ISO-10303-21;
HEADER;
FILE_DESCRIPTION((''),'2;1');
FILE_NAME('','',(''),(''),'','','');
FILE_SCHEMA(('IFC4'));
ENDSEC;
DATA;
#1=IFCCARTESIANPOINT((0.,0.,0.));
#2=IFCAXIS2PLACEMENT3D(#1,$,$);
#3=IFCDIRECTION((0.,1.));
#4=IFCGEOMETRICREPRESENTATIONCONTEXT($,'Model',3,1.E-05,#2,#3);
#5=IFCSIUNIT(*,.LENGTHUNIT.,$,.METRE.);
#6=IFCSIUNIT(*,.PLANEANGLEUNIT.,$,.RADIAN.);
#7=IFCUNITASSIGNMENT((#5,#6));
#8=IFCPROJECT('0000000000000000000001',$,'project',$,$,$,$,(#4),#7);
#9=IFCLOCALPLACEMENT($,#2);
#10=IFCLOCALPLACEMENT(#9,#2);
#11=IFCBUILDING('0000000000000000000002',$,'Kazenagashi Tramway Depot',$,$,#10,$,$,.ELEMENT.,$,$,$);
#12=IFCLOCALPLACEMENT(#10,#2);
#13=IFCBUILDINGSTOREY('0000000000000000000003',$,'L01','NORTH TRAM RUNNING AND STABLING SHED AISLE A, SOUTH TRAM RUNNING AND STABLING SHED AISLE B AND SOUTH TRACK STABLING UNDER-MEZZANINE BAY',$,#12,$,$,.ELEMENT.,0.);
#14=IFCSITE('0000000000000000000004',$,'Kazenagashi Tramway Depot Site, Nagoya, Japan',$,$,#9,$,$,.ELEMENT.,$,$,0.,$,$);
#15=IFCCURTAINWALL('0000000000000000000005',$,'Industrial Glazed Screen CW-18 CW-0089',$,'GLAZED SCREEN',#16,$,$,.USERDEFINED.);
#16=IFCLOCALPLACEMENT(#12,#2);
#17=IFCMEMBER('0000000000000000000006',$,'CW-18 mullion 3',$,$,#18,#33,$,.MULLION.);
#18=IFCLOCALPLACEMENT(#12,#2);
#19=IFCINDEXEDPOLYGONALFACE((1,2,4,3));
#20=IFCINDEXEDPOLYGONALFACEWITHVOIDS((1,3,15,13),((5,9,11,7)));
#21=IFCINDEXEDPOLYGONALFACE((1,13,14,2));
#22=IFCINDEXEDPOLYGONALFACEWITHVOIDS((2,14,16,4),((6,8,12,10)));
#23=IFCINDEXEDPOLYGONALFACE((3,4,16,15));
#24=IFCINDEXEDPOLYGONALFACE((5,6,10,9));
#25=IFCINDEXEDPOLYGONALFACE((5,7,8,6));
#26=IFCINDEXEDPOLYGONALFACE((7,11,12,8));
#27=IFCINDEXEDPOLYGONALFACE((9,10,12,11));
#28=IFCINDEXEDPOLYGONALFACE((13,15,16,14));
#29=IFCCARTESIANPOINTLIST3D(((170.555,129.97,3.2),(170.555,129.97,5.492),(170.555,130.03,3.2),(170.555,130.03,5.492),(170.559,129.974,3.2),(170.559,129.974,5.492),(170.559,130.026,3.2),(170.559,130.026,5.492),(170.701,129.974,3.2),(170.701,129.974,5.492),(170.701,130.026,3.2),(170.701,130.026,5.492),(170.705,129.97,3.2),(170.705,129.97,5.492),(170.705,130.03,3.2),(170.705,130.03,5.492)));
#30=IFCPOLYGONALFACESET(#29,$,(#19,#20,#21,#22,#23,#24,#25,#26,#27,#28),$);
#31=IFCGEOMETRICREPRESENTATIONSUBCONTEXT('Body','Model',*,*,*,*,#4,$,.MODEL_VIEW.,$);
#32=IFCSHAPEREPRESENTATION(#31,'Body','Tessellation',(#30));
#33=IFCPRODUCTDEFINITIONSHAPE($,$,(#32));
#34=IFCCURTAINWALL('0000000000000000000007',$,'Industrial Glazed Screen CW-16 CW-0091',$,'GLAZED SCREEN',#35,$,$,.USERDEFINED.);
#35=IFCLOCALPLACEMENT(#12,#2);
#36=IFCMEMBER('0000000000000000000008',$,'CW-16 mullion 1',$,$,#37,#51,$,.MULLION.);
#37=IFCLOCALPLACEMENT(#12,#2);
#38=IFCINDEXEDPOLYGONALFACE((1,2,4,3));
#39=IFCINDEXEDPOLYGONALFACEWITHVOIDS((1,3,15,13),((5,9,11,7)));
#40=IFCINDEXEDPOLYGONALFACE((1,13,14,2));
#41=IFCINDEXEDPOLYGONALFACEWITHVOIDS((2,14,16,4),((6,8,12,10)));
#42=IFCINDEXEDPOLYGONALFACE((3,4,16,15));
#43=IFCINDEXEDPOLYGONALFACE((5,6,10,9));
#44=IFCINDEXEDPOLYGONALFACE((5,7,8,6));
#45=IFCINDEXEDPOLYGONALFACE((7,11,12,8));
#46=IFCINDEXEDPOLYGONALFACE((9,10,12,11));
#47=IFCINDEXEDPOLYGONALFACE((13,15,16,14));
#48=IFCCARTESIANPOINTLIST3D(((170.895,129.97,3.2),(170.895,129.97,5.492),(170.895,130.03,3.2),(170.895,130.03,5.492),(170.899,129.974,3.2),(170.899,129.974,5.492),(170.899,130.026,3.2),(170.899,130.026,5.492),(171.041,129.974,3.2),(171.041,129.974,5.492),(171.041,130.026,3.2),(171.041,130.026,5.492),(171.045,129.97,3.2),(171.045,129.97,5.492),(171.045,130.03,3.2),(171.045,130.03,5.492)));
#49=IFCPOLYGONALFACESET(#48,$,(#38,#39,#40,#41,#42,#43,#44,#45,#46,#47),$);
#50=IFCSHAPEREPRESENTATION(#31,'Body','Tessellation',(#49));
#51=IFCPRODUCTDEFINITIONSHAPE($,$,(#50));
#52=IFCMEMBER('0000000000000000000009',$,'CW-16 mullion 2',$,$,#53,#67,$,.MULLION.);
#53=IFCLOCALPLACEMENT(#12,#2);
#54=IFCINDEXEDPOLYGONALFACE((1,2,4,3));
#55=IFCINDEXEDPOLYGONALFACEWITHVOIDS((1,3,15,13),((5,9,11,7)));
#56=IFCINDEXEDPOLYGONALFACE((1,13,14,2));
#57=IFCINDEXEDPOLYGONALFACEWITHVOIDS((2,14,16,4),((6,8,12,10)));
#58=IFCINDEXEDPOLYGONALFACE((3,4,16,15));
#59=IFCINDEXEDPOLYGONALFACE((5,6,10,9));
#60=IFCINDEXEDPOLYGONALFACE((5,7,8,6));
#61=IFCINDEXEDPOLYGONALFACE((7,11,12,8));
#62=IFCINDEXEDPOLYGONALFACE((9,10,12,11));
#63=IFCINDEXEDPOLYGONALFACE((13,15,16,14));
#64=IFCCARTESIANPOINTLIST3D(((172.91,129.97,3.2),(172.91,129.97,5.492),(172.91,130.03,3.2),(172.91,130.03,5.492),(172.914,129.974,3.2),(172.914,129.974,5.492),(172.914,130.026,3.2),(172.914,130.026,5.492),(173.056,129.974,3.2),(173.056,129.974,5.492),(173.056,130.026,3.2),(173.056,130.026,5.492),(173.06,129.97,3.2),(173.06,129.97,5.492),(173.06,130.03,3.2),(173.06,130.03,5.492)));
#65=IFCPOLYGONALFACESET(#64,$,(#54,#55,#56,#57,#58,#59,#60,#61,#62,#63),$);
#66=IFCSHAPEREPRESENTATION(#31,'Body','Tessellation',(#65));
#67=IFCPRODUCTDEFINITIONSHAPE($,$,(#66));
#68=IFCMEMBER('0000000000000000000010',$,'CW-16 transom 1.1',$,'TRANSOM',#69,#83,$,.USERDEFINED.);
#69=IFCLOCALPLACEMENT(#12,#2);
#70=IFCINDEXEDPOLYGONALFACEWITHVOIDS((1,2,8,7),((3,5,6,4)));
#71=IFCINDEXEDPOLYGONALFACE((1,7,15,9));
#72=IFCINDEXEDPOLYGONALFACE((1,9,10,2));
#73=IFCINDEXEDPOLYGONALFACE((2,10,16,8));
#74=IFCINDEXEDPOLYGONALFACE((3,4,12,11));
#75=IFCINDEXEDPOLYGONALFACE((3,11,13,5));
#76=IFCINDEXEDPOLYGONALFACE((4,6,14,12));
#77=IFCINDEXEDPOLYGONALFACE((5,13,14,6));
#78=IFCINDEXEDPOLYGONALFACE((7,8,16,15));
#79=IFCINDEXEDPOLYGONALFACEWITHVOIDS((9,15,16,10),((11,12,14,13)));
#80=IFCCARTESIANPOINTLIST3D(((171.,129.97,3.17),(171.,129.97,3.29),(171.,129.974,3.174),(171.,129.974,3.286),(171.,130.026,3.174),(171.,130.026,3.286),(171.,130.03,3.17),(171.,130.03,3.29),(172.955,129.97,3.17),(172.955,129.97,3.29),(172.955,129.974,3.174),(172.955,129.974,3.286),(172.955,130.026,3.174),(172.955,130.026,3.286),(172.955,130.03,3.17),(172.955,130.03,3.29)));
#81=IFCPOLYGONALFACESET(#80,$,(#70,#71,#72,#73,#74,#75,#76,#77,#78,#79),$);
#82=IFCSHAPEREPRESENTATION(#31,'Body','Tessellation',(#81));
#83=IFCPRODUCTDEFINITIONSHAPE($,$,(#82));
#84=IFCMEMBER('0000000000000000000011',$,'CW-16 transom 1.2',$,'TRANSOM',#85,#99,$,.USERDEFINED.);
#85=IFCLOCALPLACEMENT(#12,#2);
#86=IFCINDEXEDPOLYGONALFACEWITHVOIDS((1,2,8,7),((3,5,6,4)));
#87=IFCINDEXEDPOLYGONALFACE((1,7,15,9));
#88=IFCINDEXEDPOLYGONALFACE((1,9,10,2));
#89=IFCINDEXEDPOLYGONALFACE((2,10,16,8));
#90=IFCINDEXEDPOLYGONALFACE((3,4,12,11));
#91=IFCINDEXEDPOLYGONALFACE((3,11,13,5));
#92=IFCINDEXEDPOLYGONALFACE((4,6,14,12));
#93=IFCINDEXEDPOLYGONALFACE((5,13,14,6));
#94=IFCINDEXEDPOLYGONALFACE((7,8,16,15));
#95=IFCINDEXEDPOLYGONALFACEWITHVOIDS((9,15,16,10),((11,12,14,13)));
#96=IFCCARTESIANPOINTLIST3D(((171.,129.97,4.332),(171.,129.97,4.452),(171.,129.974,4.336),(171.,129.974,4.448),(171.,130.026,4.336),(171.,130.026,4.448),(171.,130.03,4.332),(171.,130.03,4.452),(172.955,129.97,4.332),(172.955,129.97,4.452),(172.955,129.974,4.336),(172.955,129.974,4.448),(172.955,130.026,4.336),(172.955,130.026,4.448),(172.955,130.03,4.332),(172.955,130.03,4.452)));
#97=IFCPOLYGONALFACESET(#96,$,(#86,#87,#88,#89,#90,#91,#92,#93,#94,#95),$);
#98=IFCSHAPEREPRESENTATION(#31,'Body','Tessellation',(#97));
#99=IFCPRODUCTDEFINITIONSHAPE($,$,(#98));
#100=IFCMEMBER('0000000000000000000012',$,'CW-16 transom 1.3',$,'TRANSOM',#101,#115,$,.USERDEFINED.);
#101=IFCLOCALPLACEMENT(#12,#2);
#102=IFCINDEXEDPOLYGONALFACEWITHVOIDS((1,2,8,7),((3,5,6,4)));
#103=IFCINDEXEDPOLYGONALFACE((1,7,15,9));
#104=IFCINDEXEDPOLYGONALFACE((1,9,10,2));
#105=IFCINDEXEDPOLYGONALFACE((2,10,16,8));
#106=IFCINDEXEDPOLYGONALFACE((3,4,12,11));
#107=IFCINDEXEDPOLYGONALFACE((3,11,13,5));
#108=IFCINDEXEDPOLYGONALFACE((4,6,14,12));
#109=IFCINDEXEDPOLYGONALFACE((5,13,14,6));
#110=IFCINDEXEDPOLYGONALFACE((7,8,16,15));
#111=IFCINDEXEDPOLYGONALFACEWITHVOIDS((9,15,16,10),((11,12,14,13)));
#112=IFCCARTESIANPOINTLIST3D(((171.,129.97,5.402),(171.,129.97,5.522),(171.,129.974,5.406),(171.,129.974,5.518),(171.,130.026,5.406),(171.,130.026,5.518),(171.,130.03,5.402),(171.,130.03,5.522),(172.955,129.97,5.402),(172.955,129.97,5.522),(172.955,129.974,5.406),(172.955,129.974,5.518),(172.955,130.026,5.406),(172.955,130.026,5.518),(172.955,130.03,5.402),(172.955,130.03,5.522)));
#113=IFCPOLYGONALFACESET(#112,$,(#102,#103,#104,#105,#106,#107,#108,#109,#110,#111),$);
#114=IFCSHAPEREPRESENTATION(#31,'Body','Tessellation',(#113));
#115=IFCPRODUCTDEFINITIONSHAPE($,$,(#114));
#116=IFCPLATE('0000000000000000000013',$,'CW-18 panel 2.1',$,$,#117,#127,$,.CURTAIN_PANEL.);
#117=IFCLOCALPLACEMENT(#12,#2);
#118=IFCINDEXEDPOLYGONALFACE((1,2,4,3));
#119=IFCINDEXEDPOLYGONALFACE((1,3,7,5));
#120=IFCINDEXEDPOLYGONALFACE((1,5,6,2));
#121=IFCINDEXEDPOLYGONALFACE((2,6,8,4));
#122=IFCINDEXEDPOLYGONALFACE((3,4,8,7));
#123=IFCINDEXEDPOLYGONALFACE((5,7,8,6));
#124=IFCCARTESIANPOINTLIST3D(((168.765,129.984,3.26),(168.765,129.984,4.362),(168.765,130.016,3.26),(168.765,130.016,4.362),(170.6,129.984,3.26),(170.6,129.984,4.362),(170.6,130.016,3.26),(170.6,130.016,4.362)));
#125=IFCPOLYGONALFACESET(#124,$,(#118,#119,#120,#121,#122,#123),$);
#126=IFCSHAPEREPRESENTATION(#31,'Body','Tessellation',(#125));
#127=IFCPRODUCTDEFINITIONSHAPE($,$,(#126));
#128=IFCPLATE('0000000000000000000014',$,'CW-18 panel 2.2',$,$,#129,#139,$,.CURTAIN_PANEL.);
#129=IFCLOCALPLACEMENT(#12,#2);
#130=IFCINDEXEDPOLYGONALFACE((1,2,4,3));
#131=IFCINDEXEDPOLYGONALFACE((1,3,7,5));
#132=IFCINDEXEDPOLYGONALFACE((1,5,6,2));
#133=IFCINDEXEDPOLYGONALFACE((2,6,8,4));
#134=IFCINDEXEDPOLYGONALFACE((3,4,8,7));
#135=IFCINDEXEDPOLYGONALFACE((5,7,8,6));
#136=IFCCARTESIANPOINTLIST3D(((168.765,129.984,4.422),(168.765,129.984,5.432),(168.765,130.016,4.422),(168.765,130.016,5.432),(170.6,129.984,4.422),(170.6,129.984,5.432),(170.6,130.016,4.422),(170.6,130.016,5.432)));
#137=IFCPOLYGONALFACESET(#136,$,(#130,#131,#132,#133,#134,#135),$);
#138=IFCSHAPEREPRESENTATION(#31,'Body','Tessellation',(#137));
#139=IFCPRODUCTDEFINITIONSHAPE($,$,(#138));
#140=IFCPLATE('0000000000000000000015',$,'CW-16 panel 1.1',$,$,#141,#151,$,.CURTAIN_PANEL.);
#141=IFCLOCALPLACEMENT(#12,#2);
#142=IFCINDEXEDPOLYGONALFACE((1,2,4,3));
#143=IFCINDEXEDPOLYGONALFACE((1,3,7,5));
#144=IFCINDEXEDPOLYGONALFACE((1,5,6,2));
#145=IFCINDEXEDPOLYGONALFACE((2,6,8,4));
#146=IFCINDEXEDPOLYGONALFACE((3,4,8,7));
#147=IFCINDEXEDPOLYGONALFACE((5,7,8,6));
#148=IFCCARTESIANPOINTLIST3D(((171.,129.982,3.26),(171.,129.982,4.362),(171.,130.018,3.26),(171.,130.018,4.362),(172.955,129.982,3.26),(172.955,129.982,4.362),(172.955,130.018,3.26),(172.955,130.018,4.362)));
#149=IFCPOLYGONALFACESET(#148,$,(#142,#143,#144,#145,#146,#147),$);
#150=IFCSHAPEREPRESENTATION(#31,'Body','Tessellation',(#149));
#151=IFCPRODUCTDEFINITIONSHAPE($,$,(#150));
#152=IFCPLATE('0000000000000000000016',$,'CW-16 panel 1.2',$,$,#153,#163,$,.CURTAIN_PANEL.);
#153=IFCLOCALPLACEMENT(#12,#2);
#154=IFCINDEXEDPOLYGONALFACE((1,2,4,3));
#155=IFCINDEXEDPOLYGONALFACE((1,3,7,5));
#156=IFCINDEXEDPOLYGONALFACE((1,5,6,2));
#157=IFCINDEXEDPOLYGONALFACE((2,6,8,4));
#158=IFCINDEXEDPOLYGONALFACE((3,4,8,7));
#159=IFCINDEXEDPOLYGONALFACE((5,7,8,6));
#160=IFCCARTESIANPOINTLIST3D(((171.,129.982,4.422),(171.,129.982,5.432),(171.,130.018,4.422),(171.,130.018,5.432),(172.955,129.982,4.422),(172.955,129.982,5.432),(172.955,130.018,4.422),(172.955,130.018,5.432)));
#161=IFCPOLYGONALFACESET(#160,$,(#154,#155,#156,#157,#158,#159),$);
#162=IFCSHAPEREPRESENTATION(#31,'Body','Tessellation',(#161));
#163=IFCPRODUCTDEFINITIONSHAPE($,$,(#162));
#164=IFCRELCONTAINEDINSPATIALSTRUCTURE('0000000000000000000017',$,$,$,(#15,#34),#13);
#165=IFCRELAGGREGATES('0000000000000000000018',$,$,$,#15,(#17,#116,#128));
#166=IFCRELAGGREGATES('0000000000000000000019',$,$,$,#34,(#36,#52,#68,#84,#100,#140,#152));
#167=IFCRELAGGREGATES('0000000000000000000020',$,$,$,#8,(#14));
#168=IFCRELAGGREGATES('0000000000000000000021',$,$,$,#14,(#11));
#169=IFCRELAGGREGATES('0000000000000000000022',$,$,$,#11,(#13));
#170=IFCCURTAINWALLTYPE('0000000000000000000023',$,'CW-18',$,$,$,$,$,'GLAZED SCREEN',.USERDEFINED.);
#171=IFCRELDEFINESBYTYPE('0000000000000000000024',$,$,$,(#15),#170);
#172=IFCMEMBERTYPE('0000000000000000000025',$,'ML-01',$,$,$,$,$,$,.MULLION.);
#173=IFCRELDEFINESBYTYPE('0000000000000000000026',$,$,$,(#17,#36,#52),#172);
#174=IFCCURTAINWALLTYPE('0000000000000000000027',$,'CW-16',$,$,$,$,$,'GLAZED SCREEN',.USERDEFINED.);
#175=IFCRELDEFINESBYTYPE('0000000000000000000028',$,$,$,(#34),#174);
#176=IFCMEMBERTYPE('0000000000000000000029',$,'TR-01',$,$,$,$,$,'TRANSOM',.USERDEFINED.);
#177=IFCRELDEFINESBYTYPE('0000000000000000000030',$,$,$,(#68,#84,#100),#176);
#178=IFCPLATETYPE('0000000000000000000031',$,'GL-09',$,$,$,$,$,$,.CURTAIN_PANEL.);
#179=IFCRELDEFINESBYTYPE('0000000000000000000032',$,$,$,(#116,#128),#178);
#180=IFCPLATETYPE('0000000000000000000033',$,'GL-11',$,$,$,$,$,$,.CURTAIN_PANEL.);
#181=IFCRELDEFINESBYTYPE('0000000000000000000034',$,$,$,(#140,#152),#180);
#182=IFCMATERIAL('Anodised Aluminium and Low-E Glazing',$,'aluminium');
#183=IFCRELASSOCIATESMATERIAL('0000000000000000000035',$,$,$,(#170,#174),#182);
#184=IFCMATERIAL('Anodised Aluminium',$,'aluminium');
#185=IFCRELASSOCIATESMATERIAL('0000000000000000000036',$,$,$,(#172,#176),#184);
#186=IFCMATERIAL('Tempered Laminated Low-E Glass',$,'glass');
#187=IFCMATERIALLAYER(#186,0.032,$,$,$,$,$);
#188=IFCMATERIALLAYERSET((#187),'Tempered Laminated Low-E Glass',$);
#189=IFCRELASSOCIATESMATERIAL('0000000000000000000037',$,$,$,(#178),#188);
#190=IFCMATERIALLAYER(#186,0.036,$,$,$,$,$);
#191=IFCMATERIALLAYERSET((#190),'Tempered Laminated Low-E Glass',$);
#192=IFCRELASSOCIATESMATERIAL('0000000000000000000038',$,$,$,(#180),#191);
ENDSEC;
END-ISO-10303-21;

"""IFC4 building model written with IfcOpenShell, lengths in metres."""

from ifc_helpers import new_model, si_unit, direction, frame, origin, origin_2d, place, context, subcontext, project, spatial, rectangle, hollow_rectangle, extrude, material, layer, layer_set, material_profile, profile_set, type_object, element, aggregate, save


model = new_model("IFC4")

# Units and contexts
model_context = context("Model", 3, precision=1e-05, world=origin(), true_north=direction((0.0, 1.0)))
body_context = subcontext(model_context, "Body", "Model", "MODEL_VIEW")
ifc_project = project(units=[si_unit("LENGTHUNIT", "METRE"), si_unit("PLANEANGLEUNIT", "RADIAN")], contexts=[model_context])

# Site, building, storey
site_placement = place(None, origin())
site = spatial("IfcSite", under=ifc_project, at=site_placement, Name="Kazenagashi Tramway Depot Site, Nagoya, Japan", CompositionType="ELEMENT", RefElevation=0.0)
building_placement = place(site_placement, origin())
building = spatial("IfcBuilding", under=site, at=building_placement, Name="Kazenagashi Tramway Depot", CompositionType="ELEMENT")
storey_placement = place(building_placement, origin())
storey = spatial("IfcBuildingStorey", under=building, at=storey_placement, Name="L01", Description="NORTH TRAM RUNNING AND STABLING SHED AISLE A, SOUTH TRAM RUNNING AND STABLING SHED AISLE B AND SOUTH TRACK STABLING UNDER-MEZZANINE BAY", CompositionType="ELEMENT", Elevation=0.0)

# Curtain wall, member
ifc_material_1 = material(Name="Anodised Aluminium and Low-E Glazing", Category="aluminium")
curtain_wall_type_1 = type_object("IfcCurtainWallType", Name="CW-18", ElementType="GLAZED SCREEN", PredefinedType="USERDEFINED", material=ifc_material_1)
curtain_wall_1_placement = place(storey_placement, origin())
curtain_wall_1 = element("IfcCurtainWall", 1, at=curtain_wall_1_placement, inside=storey, type_object=curtain_wall_type_1, Name="Industrial Glazed Screen CW-18 CW-0089", ObjectType="GLAZED SCREEN", PredefinedType="USERDEFINED")
ifc_material_2 = material(Name="Anodised Aluminium", Category="aluminium")
ifc_material_profile_1 = material_profile(ifc_material_2, hollow_rectangle(XDim=0.06, YDim=0.15, WallThickness=0.004, at=origin_2d()), Name="RHS-150x60x4")
ifc_profile_set_1 = profile_set([ifc_material_profile_1], Name="Anodised Aluminium")
member_type_1 = type_object("IfcMemberType", Name="ML-01", PredefinedType="MULLION", material=ifc_profile_set_1)
member_1_placement = place(storey_placement, frame((170.63, 130.0, 3.2), z_axis=(0.0, 0.0, 1.0), x_axis=(0.0, 1.0, 0.0)))
member_1 = element("IfcMember", 2, at=member_1_placement, type_object=member_type_1, Name="CW-18 mullion 3", PredefinedType="MULLION", context=body_context, shape_type="SweptSolid", body=[
    extrude(hollow_rectangle(XDim=0.06, YDim=0.15, WallThickness=0.004, at=origin_2d()), origin(), (0.0, 0.0, 1.0), 2.292),
])

# Curtain wall, members
curtain_wall_type_2 = type_object("IfcCurtainWallType", Name="CW-16", ElementType="GLAZED SCREEN", PredefinedType="USERDEFINED", material=ifc_material_1)
curtain_wall_2_placement = place(storey_placement, origin())
curtain_wall_2 = element("IfcCurtainWall", 3, at=curtain_wall_2_placement, inside=storey, type_object=curtain_wall_type_2, Name="Industrial Glazed Screen CW-16 CW-0091", ObjectType="GLAZED SCREEN", PredefinedType="USERDEFINED")
member_2_placement = place(storey_placement, frame((170.97, 130.0, 3.2), z_axis=(0.0, 0.0, 1.0), x_axis=(0.0, 1.0, 0.0)))
member_2 = element("IfcMember", 4, at=member_2_placement, type_object=member_type_1, Name="CW-16 mullion 1", PredefinedType="MULLION", context=body_context, shape_type="SweptSolid", body=[
    extrude(hollow_rectangle(XDim=0.06, YDim=0.15, WallThickness=0.004, at=origin_2d()), origin(), (0.0, 0.0, 1.0), 2.292),
])
member_3_placement = place(storey_placement, frame((172.985, 130.0, 3.2), z_axis=(0.0, 0.0, 1.0), x_axis=(0.0, 1.0, 0.0)))
member_3 = element("IfcMember", 5, at=member_3_placement, type_object=member_type_1, Name="CW-16 mullion 2", PredefinedType="MULLION", context=body_context, shape_type="SweptSolid", body=[
    extrude(hollow_rectangle(XDim=0.06, YDim=0.15, WallThickness=0.004, at=origin_2d()), origin(), (0.0, 0.0, 1.0), 2.292),
])
ifc_material_profile_2 = material_profile(ifc_material_2, hollow_rectangle(XDim=0.06, YDim=0.12, WallThickness=0.004, at=origin_2d()), Name="RHS-120x60x4")
ifc_profile_set_2 = profile_set([ifc_material_profile_2], Name="Anodised Aluminium")
member_type_2 = type_object("IfcMemberType", Name="TR-01", ElementType="TRANSOM", PredefinedType="USERDEFINED", material=ifc_profile_set_2)
member_4_placement = place(storey_placement, frame((171.0, 130.0, 3.23), z_axis=(1.0, 0.0, 0.0), x_axis=(0.0, 1.0, 0.0)))
member_4 = element("IfcMember", 6, at=member_4_placement, type_object=member_type_2, Name="CW-16 transom 1.1", ObjectType="TRANSOM", PredefinedType="USERDEFINED", context=body_context, shape_type="SweptSolid", body=[
    extrude(hollow_rectangle(XDim=0.06, YDim=0.12, WallThickness=0.004, at=origin_2d()), origin(), (0.0, 0.0, 1.0), 1.955),
])
member_5_placement = place(storey_placement, frame((171.0, 130.0, 4.392), z_axis=(1.0, 0.0, 0.0), x_axis=(0.0, 1.0, 0.0)))
member_5 = element("IfcMember", 7, at=member_5_placement, type_object=member_type_2, Name="CW-16 transom 1.2", ObjectType="TRANSOM", PredefinedType="USERDEFINED", context=body_context, shape_type="SweptSolid", body=[
    extrude(hollow_rectangle(XDim=0.06, YDim=0.12, WallThickness=0.004, at=origin_2d()), origin(), (0.0, 0.0, 1.0), 1.955),
])
member_6_placement = place(storey_placement, frame((171.0, 130.0, 5.462), z_axis=(1.0, 0.0, 0.0), x_axis=(0.0, 1.0, 0.0)))
member_6 = element("IfcMember", 8, at=member_6_placement, type_object=member_type_2, Name="CW-16 transom 1.3", ObjectType="TRANSOM", PredefinedType="USERDEFINED", context=body_context, shape_type="SweptSolid", body=[
    extrude(hollow_rectangle(XDim=0.06, YDim=0.12, WallThickness=0.004, at=origin_2d()), origin(), (0.0, 0.0, 1.0), 1.955),
])

# Plates
ifc_material_3 = material(Name="Tempered Laminated Low-E Glass", Category="glass")
ifc_layer_1 = layer(ifc_material_3, 0.032)
ifc_layer_set_1 = layer_set([ifc_layer_1], Name="Tempered Laminated Low-E Glass")
plate_type_1 = type_object("IfcPlateType", Name="GL-09", PredefinedType="CURTAIN_PANEL", material=ifc_layer_set_1)
plate_1_placement = place(storey_placement, frame((169.6825, 130.0, 3.26), z_axis=(0.0, 0.0, 1.0), x_axis=(1.0, 0.0, 0.0)))
plate_1 = element("IfcPlate", 9, at=plate_1_placement, type_object=plate_type_1, Name="CW-18 panel 2.1", PredefinedType="CURTAIN_PANEL", context=body_context, shape_type="SweptSolid", body=[
    extrude(rectangle(XDim=1.835, YDim=0.032, at=origin_2d()), origin(), (0.0, 0.0, 1.0), 1.102),
])
plate_2_placement = place(storey_placement, frame((169.6825, 130.0, 4.422), z_axis=(0.0, 0.0, 1.0), x_axis=(1.0, 0.0, 0.0)))
plate_2 = element("IfcPlate", 10, at=plate_2_placement, type_object=plate_type_1, Name="CW-18 panel 2.2", PredefinedType="CURTAIN_PANEL", context=body_context, shape_type="SweptSolid", body=[
    extrude(rectangle(XDim=1.835, YDim=0.032, at=origin_2d()), origin(), (0.0, 0.0, 1.0), 1.01),
])
aggregate(curtain_wall_1, [member_1, plate_1, plate_2])
ifc_layer_2 = layer(ifc_material_3, 0.036)
ifc_layer_set_2 = layer_set([ifc_layer_2], Name="Tempered Laminated Low-E Glass")
plate_type_2 = type_object("IfcPlateType", Name="GL-11", PredefinedType="CURTAIN_PANEL", material=ifc_layer_set_2)
plate_3_placement = place(storey_placement, frame((171.9775, 130.0, 3.26), z_axis=(0.0, 0.0, 1.0), x_axis=(1.0, 0.0, 0.0)))
plate_3 = element("IfcPlate", 11, at=plate_3_placement, type_object=plate_type_2, Name="CW-16 panel 1.1", PredefinedType="CURTAIN_PANEL", context=body_context, shape_type="SweptSolid", body=[
    extrude(rectangle(XDim=1.955, YDim=0.036, at=origin_2d()), origin(), (0.0, 0.0, 1.0), 1.102),
])
plate_4_placement = place(storey_placement, frame((171.9775, 130.0, 4.422), z_axis=(0.0, 0.0, 1.0), x_axis=(1.0, 0.0, 0.0)))
plate_4 = element("IfcPlate", 12, at=plate_4_placement, type_object=plate_type_2, Name="CW-16 panel 1.2", PredefinedType="CURTAIN_PANEL", context=body_context, shape_type="SweptSolid", body=[
    extrude(rectangle(XDim=1.955, YDim=0.036, at=origin_2d()), origin(), (0.0, 0.0, 1.0), 1.01),
])
aggregate(curtain_wall_2, [member_2, member_3, member_4, member_5, member_6, plate_3, plate_4])

save(model, "model.ifc")
